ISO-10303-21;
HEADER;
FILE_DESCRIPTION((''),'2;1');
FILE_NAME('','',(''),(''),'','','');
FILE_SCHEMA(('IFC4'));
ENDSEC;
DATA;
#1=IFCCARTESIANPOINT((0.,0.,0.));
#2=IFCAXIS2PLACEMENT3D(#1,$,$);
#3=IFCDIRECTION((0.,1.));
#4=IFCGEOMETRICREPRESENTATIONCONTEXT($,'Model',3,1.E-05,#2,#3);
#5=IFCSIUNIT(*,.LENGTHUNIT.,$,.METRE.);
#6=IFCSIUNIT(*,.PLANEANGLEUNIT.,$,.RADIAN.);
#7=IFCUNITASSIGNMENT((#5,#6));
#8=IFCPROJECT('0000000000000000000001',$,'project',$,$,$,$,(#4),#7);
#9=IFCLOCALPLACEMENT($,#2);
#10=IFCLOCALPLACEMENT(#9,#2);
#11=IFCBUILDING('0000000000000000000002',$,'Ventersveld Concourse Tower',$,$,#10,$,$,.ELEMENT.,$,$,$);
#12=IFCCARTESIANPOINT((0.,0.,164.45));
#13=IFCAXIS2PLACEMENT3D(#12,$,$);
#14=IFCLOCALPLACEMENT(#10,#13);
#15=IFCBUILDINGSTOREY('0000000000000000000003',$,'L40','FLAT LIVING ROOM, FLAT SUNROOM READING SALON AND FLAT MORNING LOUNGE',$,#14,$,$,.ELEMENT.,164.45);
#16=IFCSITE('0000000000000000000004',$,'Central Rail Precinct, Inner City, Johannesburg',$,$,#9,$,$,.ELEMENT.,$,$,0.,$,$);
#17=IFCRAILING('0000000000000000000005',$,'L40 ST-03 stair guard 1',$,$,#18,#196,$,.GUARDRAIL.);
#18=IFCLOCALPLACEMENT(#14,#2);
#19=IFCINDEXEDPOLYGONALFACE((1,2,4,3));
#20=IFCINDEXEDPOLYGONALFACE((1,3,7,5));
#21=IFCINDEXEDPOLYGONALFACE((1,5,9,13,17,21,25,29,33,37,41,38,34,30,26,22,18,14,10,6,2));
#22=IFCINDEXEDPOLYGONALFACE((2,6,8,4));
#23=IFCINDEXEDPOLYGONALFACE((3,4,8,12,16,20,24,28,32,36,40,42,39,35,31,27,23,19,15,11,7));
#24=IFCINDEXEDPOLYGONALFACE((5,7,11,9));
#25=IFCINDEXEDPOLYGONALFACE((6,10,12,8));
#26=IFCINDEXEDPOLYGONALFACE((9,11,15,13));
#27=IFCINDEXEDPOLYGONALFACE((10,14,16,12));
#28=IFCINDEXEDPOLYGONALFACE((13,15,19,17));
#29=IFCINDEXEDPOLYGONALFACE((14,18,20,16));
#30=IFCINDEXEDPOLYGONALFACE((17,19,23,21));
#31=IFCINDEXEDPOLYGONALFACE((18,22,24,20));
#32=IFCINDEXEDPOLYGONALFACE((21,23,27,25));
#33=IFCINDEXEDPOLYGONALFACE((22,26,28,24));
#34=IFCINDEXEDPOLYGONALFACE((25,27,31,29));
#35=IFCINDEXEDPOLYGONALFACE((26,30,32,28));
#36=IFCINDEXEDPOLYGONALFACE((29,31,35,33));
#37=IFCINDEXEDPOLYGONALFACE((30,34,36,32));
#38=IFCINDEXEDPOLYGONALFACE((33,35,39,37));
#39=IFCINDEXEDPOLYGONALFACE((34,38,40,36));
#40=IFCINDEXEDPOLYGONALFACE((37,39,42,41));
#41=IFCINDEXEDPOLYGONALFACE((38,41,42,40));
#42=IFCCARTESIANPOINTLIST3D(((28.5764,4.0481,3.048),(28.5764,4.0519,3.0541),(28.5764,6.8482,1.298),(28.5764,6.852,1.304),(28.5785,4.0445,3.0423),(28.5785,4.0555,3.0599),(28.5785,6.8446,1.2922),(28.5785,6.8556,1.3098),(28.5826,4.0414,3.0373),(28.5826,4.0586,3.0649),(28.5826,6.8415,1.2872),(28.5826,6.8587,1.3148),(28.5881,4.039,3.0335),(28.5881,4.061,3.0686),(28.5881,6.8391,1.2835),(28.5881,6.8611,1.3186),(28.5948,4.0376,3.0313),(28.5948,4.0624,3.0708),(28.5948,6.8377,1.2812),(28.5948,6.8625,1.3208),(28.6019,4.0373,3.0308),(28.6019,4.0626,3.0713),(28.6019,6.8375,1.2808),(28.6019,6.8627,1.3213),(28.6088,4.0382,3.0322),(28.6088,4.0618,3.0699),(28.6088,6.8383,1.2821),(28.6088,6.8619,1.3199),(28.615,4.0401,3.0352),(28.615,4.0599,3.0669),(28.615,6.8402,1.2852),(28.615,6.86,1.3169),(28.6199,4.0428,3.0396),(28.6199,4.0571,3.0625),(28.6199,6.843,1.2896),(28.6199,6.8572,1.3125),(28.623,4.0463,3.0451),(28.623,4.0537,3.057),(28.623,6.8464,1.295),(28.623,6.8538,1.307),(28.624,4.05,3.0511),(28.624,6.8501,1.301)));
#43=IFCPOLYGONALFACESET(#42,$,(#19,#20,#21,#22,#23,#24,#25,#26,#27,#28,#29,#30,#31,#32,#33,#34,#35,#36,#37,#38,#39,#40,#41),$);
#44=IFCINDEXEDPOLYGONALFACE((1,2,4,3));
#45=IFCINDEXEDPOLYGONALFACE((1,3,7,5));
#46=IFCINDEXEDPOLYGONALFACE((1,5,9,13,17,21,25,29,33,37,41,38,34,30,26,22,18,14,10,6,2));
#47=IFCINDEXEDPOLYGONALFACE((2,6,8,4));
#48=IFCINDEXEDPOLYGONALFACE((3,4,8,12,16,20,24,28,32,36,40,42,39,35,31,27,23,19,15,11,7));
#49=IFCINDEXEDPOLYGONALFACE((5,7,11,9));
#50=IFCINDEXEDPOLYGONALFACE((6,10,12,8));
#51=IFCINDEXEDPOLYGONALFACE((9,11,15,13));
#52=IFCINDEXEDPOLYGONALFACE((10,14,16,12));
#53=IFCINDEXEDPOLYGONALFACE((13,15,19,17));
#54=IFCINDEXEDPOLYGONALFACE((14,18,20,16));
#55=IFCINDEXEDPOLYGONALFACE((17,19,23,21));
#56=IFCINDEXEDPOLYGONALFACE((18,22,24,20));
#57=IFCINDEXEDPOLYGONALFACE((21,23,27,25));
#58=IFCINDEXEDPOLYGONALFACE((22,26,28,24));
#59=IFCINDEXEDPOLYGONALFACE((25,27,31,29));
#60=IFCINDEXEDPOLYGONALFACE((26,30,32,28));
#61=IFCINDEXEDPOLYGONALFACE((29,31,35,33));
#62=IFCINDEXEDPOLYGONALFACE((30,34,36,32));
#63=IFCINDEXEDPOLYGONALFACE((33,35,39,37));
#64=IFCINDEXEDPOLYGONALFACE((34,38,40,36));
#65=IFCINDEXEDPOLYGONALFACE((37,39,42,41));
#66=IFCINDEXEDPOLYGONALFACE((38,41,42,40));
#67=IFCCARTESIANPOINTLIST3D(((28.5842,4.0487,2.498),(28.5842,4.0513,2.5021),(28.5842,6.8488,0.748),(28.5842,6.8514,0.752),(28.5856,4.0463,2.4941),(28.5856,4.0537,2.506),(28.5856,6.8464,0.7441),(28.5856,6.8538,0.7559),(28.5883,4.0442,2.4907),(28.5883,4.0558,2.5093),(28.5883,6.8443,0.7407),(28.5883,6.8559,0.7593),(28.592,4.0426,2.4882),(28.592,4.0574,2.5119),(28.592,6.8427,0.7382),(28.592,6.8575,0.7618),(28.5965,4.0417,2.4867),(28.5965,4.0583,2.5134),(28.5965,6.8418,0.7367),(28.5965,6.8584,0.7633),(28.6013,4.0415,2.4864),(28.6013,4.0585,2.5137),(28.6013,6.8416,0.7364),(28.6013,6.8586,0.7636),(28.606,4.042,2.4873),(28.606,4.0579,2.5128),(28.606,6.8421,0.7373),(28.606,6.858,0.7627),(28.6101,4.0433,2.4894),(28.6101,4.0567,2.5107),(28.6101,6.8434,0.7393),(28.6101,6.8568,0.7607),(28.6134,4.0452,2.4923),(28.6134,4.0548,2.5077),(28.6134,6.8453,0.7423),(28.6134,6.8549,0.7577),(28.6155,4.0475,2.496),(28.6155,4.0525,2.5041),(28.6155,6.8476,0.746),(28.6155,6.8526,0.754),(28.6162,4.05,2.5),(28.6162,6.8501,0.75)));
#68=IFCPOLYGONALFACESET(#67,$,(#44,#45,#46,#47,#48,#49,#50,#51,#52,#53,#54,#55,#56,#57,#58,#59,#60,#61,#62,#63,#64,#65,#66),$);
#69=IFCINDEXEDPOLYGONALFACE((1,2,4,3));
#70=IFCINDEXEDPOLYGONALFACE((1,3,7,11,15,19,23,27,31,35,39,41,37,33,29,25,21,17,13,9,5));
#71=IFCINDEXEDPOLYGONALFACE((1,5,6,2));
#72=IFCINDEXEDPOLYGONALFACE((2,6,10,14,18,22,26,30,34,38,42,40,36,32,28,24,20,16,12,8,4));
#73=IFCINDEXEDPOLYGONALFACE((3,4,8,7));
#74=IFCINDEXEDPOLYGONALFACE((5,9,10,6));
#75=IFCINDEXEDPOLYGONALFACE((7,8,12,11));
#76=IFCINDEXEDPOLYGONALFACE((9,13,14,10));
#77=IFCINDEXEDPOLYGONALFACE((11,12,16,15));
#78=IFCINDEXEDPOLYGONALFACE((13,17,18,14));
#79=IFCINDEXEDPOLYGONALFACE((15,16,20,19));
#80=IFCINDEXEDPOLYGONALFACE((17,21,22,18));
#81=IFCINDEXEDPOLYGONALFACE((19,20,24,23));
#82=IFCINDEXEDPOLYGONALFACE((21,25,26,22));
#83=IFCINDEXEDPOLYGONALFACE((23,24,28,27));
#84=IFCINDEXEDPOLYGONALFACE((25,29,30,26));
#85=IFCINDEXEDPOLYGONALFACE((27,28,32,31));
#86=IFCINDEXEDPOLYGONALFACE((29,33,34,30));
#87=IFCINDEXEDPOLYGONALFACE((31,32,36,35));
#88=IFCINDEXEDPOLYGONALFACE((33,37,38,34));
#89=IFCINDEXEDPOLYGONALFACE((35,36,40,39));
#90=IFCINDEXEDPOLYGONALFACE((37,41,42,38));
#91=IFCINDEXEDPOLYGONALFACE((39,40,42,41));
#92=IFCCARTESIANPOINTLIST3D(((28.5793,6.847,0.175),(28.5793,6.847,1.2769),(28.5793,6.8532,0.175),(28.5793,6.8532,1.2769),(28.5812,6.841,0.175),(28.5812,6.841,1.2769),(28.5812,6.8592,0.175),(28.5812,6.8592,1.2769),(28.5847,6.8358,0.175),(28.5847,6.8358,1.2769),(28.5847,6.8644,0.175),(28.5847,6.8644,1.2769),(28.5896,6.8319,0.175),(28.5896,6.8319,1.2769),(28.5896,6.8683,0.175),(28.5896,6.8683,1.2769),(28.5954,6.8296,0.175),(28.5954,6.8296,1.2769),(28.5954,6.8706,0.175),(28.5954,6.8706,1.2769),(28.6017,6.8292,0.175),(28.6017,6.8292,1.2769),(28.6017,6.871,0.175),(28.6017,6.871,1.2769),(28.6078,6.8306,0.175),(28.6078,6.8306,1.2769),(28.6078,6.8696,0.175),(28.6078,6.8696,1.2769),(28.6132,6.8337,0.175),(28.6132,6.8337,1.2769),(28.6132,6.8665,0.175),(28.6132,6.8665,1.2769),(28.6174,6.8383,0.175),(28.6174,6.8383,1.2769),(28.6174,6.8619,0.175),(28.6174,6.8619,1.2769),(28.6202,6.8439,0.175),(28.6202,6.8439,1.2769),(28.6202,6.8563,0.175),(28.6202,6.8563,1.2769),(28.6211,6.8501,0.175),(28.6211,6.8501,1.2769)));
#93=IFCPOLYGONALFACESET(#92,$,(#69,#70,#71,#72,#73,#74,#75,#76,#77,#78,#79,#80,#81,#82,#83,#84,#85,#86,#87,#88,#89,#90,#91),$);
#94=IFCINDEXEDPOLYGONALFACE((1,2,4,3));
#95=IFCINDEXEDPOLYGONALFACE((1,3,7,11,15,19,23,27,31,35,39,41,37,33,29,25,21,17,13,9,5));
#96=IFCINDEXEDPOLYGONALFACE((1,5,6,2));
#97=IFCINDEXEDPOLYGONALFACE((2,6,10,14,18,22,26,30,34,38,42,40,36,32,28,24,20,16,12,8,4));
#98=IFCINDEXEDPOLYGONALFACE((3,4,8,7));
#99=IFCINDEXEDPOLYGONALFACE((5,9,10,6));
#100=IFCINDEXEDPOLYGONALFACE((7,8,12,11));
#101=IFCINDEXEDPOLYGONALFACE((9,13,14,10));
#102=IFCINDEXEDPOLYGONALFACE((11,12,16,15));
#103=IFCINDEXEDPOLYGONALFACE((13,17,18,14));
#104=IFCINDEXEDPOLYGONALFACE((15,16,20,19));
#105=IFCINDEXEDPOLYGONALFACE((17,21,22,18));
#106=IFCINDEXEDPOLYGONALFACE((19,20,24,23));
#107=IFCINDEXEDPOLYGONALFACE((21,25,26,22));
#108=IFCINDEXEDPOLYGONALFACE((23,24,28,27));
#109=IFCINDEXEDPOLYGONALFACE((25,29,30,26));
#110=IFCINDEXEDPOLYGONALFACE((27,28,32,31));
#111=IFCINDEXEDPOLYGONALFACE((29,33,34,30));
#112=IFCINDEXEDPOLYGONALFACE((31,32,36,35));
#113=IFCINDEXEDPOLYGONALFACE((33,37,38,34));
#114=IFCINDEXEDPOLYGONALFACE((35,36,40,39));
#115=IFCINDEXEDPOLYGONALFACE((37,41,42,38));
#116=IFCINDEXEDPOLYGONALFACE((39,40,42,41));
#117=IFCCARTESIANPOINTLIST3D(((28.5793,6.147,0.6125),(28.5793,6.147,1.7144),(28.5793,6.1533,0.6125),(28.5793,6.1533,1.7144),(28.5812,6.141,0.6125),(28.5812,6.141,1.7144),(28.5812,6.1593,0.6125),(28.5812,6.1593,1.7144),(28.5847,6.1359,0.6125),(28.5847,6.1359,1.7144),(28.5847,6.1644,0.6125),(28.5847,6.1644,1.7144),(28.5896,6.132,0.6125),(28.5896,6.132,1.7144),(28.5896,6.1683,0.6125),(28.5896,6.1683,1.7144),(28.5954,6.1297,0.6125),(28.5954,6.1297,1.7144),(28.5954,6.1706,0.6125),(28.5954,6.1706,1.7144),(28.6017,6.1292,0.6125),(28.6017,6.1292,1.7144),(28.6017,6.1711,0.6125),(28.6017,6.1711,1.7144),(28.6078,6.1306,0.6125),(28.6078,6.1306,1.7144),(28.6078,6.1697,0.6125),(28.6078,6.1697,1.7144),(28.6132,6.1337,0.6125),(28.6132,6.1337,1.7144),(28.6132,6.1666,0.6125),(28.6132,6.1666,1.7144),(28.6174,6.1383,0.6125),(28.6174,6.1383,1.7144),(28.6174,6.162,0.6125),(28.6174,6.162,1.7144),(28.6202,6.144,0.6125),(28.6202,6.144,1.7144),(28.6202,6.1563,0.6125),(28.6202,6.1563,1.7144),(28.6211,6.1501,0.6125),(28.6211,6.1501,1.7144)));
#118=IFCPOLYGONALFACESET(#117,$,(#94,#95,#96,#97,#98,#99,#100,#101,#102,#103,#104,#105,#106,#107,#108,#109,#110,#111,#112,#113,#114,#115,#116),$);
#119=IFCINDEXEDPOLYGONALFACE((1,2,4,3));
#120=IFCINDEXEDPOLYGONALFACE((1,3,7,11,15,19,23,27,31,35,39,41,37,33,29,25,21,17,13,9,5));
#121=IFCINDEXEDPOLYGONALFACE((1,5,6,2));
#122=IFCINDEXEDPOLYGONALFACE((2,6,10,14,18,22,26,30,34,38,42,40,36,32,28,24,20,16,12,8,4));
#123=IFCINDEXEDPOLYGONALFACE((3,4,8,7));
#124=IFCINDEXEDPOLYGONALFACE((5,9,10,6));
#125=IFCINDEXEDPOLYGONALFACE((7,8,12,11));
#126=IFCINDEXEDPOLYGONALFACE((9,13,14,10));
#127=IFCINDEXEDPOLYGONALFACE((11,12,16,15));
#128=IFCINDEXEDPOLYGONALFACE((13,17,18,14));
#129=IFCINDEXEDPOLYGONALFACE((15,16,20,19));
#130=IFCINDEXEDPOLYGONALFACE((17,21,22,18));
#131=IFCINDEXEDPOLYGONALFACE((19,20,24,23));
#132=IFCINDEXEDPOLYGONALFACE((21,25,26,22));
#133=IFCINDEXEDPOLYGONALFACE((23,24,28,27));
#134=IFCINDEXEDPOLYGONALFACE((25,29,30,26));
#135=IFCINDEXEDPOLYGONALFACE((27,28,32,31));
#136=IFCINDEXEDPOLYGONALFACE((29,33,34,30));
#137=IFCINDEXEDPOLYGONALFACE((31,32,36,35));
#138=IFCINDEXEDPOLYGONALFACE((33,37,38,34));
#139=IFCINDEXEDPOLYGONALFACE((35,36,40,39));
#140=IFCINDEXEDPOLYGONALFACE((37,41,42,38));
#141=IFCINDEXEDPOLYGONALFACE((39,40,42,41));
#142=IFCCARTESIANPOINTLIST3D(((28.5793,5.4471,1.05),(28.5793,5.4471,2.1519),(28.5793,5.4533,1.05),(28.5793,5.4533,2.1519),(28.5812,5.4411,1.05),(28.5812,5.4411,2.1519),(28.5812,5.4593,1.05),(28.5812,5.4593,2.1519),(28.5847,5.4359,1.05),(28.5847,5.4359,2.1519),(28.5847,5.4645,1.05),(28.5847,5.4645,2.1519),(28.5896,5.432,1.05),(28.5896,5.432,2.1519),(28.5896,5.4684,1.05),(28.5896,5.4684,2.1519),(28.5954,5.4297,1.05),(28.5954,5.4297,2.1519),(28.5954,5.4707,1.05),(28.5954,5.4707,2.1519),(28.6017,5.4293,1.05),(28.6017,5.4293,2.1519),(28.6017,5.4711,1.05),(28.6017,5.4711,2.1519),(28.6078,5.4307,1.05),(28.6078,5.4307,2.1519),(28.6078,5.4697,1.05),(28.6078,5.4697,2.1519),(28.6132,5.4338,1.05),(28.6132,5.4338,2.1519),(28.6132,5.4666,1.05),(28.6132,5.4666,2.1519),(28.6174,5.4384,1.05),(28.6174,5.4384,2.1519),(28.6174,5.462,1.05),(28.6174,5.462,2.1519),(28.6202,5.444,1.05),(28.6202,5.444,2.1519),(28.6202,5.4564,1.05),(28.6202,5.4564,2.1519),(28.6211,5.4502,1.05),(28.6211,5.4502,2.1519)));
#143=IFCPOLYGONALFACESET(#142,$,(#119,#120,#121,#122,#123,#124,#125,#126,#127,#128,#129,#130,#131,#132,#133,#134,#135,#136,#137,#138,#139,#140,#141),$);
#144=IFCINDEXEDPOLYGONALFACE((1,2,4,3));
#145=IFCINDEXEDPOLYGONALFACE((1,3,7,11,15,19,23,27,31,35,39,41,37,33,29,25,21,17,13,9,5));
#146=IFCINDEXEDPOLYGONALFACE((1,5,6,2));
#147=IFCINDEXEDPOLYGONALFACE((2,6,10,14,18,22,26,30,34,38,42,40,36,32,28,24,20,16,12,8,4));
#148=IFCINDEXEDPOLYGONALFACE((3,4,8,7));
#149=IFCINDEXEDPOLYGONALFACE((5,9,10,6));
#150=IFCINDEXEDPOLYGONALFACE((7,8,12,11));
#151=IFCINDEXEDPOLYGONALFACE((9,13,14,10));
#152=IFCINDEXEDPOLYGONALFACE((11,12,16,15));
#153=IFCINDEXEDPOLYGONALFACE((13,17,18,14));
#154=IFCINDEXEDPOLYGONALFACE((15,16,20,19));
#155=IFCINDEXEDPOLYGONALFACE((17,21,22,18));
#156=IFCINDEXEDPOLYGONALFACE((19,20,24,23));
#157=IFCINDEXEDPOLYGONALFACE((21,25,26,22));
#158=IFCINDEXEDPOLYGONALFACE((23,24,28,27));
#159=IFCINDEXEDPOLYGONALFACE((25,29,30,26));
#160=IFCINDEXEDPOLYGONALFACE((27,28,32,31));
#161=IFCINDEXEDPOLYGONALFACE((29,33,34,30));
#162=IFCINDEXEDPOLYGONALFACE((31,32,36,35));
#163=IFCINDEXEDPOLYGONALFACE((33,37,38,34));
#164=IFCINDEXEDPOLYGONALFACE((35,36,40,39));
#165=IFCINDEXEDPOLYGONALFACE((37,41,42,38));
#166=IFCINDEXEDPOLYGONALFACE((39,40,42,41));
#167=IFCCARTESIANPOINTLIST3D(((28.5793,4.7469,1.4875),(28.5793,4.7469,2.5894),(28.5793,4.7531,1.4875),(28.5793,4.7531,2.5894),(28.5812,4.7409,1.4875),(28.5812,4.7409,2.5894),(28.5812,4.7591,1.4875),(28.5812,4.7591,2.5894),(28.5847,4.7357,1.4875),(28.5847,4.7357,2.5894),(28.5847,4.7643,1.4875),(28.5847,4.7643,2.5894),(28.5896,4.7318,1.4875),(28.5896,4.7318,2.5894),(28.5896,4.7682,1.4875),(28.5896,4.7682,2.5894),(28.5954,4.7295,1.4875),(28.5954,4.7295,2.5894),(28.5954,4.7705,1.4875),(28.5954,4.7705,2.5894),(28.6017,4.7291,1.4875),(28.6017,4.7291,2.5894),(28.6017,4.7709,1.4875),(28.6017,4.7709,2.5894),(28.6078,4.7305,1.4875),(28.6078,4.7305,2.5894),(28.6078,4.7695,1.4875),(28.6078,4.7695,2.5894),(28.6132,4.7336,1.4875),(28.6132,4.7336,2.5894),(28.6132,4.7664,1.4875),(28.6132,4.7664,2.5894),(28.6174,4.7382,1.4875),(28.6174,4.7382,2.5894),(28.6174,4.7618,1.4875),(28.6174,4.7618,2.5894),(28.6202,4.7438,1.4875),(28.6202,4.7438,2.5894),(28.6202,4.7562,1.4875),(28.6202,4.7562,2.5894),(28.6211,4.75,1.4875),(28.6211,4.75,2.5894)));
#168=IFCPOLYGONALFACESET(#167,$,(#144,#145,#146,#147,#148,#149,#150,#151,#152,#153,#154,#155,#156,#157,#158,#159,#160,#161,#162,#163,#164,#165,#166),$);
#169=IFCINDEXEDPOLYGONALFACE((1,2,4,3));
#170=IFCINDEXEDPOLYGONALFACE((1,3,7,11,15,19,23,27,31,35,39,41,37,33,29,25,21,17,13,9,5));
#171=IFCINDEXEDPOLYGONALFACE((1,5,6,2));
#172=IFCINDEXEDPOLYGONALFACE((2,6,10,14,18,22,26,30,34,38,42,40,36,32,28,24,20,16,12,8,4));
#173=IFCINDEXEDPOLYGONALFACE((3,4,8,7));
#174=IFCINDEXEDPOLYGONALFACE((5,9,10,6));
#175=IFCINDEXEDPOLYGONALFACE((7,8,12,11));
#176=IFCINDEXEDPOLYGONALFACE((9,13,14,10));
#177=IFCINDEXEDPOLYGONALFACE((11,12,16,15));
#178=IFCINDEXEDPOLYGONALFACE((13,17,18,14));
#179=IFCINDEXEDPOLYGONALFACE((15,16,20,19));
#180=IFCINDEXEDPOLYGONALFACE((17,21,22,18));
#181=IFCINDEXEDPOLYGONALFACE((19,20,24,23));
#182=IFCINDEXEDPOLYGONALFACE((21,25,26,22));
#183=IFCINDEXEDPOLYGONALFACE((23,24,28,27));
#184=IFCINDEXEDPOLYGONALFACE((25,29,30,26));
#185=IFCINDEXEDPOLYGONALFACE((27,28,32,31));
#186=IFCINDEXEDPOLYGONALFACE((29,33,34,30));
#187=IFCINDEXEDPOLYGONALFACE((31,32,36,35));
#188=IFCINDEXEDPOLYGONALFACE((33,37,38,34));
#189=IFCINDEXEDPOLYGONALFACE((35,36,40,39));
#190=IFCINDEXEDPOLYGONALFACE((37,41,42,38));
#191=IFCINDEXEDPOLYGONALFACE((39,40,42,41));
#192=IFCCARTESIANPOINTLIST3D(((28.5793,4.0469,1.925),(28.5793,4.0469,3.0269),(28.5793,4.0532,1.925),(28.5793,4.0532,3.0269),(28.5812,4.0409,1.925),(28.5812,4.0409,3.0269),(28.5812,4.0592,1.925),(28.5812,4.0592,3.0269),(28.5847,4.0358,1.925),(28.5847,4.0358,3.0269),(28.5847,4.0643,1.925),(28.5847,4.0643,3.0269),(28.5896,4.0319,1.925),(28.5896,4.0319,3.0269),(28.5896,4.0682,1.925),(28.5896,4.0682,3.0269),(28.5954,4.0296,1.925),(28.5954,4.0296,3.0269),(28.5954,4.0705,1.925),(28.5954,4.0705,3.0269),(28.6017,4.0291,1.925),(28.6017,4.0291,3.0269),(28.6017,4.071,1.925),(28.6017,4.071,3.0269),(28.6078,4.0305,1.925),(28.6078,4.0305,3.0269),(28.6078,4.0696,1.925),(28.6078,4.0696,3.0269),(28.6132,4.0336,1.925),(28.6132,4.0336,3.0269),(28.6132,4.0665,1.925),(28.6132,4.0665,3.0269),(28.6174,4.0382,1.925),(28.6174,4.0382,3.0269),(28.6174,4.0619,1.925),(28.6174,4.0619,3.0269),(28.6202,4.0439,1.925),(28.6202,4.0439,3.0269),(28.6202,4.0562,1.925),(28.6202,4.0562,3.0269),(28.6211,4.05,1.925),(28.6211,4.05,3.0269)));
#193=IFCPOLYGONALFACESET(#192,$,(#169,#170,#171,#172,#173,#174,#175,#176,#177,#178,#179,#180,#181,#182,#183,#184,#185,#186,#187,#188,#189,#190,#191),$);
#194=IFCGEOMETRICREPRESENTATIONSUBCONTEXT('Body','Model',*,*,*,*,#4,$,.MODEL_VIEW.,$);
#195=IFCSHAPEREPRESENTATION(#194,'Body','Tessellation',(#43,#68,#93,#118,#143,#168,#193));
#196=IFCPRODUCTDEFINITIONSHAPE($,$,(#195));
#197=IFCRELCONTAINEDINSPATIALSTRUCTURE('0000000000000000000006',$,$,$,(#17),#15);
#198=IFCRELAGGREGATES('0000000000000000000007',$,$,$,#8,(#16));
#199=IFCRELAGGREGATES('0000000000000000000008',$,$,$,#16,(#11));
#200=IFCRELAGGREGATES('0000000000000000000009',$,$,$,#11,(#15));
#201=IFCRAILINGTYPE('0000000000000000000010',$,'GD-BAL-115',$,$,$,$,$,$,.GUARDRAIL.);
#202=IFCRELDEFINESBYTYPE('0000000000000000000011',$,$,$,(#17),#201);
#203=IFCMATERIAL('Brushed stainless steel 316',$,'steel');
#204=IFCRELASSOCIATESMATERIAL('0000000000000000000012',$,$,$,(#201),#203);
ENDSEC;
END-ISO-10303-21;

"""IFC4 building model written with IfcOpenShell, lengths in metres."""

from ifc_helpers import new_model, si_unit, direction, frame, origin, origin_2d, place, context, subcontext, project, spatial, circle, extrude, material, type_object, element, save


model = new_model("IFC4")

# Units and contexts
model_context = context("Model", 3, precision=1e-05, world=origin(), true_north=direction((0.0, 1.0)))
body_context = subcontext(model_context, "Body", "Model", "MODEL_VIEW")
ifc_project = project(units=[si_unit("LENGTHUNIT", "METRE"), si_unit("PLANEANGLEUNIT", "RADIAN")], contexts=[model_context])

# Site, building, storey
site_placement = place(None, origin())
site = spatial("IfcSite", under=ifc_project, at=site_placement, Name="Central Rail Precinct, Inner City, Johannesburg", CompositionType="ELEMENT", RefElevation=0.0)
building_placement = place(site_placement, origin())
building = spatial("IfcBuilding", under=site, at=building_placement, Name="Ventersveld Concourse Tower", CompositionType="ELEMENT")
storey_placement = place(building_placement, frame((0.0, 0.0, 164.45)))
storey = spatial("IfcBuildingStorey", under=building, at=storey_placement, Name="L40", Description="FLAT LIVING ROOM, FLAT SUNROOM READING SALON AND FLAT MORNING LOUNGE", CompositionType="ELEMENT", Elevation=164.45)

# Shared definitions
ifc_material_1 = material(Name="Brushed stainless steel 316", Category="steel")

# Railing
railing_type = type_object("IfcRailingType", Name="GD-BAL-115", PredefinedType="GUARDRAIL", material=ifc_material_1)
railing_1_placement = place(storey_placement, frame((28.6001, 6.8501, 0.175)))
element("IfcRailing", 1, at=railing_1_placement, inside=storey, type_object=railing_type, Name="L40 ST-03 stair guard 1", PredefinedType="GUARDRAIL", context=body_context, shape_type="SweptSolid", body=[
    extrude(circle(Radius=0.0239, at=origin_2d()), frame((0.0, 0.0, 1.126), z_axis=(0.0, -0.848002, 0.529992), x_axis=(1.0, 0.0, 0.0)), (0.0, 0.0, 1.0), 3.302),
    extrude(circle(Radius=0.0161, at=origin_2d()), frame((0.0, 0.0, 0.575), z_axis=(0.0, -0.848002, 0.529992), x_axis=(1.0, 0.0, 0.0)), (0.0, 0.0, 1.0), 3.302),
    extrude(circle(Radius=0.021, at=origin_2d()), origin(), (0.0, 0.0, 1.0), 1.1018),
    extrude(circle(Radius=0.021, at=origin_2d()), frame((0.0, -0.7, 0.4375)), (0.0, 0.0, 1.0), 1.1018),
    extrude(circle(Radius=0.021, at=origin_2d()), frame((0.0, -1.3999, 0.875)), (0.0, 0.0, 1.0), 1.1018),
    extrude(circle(Radius=0.021, at=origin_2d()), frame((0.0, -2.1001, 1.3125)), (0.0, 0.0, 1.0), 1.1018),
    extrude(circle(Radius=0.021, at=origin_2d()), frame((0.0, -2.8, 1.75)), (0.0, 0.0, 1.0), 1.1018),
])

save(model, "model.ifc")
